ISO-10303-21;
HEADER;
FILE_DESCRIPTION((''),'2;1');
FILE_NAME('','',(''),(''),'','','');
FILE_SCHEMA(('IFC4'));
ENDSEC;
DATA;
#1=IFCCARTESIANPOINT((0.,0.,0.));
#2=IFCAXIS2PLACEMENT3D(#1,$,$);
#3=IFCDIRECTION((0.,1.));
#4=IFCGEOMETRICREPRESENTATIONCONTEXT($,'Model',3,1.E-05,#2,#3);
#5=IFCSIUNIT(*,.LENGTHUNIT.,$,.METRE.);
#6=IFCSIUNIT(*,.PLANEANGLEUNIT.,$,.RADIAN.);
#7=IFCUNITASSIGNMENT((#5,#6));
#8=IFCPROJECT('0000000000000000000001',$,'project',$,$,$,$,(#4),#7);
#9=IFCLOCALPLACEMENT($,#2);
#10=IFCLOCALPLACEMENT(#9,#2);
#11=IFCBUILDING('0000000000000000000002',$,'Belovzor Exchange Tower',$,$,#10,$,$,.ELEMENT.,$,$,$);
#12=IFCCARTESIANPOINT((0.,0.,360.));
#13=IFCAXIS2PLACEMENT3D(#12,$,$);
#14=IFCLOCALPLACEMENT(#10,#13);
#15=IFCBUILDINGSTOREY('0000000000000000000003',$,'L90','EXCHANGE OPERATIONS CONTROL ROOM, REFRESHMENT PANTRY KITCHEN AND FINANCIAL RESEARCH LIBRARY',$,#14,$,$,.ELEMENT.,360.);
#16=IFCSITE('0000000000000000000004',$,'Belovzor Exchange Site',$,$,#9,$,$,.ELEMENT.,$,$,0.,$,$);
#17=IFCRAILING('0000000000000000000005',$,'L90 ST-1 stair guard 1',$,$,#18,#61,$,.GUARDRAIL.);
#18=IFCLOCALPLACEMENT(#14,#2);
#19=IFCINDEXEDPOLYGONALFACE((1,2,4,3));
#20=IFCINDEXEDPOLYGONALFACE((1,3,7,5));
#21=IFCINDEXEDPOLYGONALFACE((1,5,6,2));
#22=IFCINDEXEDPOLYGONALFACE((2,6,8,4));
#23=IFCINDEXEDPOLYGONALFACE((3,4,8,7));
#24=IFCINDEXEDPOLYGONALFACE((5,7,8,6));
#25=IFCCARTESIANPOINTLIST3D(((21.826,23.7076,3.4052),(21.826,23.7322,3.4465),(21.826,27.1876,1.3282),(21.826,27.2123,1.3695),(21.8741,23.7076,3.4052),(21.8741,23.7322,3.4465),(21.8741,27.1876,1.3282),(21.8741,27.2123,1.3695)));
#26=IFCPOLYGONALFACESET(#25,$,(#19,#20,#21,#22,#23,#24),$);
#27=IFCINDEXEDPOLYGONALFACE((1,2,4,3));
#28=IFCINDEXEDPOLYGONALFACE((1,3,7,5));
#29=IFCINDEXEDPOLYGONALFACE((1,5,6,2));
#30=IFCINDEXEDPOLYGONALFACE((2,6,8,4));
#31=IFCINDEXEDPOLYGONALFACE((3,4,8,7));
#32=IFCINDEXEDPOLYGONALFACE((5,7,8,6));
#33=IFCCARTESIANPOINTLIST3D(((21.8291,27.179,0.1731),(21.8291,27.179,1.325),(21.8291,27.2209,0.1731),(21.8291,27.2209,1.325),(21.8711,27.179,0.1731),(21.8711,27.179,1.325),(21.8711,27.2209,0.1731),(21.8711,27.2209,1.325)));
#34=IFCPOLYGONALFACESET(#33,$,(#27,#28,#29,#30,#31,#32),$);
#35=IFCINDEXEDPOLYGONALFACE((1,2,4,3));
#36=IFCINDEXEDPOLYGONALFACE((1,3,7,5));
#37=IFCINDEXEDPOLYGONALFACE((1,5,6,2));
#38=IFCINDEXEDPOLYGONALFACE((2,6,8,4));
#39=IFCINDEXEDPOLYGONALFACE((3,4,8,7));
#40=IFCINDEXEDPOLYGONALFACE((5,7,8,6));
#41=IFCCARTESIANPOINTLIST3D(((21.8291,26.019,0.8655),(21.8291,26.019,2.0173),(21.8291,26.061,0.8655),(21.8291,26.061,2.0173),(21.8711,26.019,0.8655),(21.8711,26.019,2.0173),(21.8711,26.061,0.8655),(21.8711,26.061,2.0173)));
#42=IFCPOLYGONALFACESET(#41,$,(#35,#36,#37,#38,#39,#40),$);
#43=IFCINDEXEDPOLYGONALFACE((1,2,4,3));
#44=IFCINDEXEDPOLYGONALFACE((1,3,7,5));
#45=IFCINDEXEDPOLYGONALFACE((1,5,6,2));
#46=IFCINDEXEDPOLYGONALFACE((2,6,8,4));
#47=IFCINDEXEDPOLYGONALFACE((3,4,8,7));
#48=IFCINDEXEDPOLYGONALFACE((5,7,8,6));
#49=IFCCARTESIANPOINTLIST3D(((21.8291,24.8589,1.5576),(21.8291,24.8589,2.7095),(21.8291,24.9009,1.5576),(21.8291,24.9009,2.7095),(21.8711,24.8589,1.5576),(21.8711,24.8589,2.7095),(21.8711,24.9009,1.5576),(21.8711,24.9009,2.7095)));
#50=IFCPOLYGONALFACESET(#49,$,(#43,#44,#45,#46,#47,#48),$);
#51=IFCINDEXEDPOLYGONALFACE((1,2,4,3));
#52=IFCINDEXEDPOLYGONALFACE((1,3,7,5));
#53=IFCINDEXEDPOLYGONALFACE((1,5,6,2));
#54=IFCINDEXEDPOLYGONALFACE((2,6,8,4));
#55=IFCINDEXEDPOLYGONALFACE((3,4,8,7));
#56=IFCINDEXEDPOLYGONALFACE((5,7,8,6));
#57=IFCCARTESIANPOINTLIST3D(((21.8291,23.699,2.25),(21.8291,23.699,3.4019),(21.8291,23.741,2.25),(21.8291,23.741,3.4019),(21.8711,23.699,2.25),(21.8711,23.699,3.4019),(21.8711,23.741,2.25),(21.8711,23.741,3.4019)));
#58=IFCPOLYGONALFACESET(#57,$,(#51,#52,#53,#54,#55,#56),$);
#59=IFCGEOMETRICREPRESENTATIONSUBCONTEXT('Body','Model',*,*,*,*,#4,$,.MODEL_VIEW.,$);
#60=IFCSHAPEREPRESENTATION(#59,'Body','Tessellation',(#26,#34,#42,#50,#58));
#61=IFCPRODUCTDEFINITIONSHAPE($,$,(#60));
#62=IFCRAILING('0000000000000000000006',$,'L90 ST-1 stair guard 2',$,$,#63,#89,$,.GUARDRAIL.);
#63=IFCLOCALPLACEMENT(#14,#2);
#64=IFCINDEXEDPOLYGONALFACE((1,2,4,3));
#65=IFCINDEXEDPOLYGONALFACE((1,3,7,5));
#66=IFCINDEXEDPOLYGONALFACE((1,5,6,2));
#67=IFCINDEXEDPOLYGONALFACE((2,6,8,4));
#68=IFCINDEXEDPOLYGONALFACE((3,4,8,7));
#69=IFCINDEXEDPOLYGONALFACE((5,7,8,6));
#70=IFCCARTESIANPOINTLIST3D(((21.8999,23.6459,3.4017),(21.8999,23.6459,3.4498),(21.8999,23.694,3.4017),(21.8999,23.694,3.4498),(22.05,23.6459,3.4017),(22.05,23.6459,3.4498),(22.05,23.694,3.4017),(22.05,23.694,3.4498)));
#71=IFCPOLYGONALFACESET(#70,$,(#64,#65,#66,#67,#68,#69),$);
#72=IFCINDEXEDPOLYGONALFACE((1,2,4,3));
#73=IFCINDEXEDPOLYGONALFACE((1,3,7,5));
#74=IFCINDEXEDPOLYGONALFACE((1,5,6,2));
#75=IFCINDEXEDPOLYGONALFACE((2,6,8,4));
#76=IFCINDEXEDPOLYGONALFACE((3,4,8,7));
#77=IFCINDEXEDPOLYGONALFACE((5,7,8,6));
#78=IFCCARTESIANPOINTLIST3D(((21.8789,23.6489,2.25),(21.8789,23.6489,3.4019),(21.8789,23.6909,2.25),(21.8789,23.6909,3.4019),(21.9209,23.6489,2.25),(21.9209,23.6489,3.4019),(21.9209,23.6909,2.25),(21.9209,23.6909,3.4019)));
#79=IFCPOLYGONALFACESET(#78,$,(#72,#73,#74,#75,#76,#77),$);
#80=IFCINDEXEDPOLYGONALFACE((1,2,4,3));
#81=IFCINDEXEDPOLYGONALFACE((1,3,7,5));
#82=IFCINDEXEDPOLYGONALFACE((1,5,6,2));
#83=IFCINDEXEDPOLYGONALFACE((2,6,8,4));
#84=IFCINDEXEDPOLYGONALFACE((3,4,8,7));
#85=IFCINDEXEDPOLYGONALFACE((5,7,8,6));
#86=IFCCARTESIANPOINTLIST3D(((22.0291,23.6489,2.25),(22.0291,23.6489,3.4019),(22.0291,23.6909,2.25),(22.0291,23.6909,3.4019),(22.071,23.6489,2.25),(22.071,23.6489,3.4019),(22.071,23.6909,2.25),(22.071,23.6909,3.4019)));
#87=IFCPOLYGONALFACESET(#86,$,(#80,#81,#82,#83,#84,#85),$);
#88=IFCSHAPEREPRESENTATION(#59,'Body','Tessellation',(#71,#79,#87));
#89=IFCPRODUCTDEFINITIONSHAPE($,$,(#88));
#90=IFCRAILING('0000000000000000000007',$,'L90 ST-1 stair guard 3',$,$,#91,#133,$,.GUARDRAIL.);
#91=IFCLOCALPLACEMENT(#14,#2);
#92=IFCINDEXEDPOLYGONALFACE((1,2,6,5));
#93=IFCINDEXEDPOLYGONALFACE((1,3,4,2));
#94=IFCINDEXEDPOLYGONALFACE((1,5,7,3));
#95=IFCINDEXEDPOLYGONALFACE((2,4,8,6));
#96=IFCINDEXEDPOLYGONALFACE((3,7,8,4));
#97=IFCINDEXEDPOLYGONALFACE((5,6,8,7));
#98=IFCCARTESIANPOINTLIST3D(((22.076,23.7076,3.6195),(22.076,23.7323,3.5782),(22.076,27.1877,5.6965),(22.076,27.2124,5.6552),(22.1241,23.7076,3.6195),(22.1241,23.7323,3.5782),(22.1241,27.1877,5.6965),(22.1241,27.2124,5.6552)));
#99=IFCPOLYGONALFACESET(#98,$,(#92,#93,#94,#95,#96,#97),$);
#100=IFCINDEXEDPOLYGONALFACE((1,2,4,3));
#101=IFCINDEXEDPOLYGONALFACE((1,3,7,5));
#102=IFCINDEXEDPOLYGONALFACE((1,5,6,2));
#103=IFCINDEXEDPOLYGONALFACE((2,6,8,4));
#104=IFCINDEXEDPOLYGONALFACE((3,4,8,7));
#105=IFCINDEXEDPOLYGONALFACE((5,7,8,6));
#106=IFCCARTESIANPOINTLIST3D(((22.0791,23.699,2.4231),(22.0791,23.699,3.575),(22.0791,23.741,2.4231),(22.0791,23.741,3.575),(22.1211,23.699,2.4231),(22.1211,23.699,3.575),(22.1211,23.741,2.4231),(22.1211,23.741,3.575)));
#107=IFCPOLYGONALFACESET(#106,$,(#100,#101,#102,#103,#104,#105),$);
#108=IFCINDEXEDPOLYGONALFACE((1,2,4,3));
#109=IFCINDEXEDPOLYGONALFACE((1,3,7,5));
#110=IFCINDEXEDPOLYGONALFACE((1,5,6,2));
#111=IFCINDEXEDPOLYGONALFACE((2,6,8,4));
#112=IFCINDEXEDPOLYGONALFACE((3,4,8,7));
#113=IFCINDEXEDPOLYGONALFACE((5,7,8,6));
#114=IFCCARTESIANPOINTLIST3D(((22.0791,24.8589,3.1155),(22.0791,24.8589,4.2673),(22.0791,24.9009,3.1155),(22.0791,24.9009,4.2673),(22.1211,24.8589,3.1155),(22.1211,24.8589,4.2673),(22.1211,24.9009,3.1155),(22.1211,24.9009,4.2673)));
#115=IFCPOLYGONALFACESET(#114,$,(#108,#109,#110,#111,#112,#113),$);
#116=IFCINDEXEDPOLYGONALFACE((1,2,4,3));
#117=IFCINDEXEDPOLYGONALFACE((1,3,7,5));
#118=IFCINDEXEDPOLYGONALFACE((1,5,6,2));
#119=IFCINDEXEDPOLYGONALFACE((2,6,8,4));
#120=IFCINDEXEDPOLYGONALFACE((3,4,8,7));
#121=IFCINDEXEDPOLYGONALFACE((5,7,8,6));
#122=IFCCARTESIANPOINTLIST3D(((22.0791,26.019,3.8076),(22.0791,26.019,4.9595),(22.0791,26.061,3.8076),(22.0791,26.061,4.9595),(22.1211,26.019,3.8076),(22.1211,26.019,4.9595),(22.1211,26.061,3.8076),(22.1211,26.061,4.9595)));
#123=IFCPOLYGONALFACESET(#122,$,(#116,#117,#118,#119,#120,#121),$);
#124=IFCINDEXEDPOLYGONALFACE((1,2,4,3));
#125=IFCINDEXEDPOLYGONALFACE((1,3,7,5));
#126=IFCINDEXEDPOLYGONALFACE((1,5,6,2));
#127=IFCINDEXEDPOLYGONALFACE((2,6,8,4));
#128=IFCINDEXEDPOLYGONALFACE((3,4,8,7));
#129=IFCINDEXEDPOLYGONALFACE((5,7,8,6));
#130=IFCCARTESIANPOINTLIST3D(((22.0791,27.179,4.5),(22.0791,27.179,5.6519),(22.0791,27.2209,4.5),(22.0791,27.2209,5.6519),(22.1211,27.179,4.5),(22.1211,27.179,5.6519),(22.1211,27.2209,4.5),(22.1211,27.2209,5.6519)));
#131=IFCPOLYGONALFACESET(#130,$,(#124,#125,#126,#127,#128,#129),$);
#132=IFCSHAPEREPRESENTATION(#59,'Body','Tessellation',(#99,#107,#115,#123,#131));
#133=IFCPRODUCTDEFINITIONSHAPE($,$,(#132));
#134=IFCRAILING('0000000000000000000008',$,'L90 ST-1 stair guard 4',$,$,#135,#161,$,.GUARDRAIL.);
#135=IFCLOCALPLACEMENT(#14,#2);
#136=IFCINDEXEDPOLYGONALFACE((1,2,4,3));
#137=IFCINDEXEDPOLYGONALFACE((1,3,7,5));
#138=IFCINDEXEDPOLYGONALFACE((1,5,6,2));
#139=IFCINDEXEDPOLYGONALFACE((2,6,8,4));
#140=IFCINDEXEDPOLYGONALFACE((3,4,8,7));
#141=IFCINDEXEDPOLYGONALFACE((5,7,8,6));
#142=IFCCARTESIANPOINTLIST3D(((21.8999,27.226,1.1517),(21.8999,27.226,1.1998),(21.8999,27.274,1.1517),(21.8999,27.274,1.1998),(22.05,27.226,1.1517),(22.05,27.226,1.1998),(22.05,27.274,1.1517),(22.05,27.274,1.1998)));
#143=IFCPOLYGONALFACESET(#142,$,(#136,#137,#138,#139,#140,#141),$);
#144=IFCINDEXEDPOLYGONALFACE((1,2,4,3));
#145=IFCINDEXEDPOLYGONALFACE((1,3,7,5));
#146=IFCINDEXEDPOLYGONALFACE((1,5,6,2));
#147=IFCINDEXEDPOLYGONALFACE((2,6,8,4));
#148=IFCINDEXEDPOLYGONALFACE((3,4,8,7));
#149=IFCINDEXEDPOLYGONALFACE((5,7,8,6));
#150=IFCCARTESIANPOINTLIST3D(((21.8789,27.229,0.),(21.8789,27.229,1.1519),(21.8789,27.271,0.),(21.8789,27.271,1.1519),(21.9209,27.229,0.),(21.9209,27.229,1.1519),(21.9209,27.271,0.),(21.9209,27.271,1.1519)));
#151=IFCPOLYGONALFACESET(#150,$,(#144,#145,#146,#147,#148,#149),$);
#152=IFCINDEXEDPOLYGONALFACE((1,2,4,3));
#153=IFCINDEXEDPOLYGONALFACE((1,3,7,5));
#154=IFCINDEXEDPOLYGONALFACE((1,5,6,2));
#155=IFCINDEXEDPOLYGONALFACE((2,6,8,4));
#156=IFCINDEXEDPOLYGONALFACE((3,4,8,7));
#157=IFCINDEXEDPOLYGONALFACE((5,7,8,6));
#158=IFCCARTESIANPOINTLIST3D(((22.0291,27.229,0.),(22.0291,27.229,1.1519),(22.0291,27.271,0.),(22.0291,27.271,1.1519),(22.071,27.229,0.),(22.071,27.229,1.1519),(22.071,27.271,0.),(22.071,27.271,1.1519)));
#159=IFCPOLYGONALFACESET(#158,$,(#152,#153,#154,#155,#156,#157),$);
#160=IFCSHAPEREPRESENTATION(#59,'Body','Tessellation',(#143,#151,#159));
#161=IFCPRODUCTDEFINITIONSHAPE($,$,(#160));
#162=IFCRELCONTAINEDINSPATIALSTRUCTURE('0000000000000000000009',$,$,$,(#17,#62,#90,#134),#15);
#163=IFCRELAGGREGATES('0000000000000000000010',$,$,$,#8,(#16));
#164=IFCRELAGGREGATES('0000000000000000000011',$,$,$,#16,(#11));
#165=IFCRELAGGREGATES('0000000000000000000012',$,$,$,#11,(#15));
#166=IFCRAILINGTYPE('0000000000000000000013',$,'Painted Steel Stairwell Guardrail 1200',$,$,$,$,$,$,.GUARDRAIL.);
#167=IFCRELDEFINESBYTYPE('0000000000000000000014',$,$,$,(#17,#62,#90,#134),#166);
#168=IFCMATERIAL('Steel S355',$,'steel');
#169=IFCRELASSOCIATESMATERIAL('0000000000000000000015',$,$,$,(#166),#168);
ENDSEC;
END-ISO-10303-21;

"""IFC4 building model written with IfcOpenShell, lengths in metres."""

from ifc_helpers import new_model, si_unit, direction, frame, origin, origin_2d, place, context, subcontext, project, spatial, rectangle, extrude, material, type_object, element, save


model = new_model("IFC4")

# Units and contexts
model_context = context("Model", 3, precision=1e-05, world=origin(), true_north=direction((0.0, 1.0)))
body_context = subcontext(model_context, "Body", "Model", "MODEL_VIEW")
ifc_project = project(units=[si_unit("LENGTHUNIT", "METRE"), si_unit("PLANEANGLEUNIT", "RADIAN")], contexts=[model_context])

# Site, building, storey
site_placement = place(None, origin())
site = spatial("IfcSite", under=ifc_project, at=site_placement, Name="Belovzor Exchange Site", CompositionType="ELEMENT", RefElevation=0.0)
building_placement = place(site_placement, origin())
building = spatial("IfcBuilding", under=site, at=building_placement, Name="Belovzor Exchange Tower", CompositionType="ELEMENT")
storey_placement = place(building_placement, frame((0.0, 0.0, 360.0)))
storey = spatial("IfcBuildingStorey", under=building, at=storey_placement, Name="L90", Description="EXCHANGE OPERATIONS CONTROL ROOM, REFRESHMENT PANTRY KITCHEN AND FINANCIAL RESEARCH LIBRARY", CompositionType="ELEMENT", Elevation=360.0)

# Railings
ifc_material_1 = material(Name="Steel S355", Category="steel")
railing_type_1 = type_object("IfcRailingType", Name="Painted Steel Stairwell Guardrail 1200", PredefinedType="GUARDRAIL", material=ifc_material_1)
railing_1_placement = place(storey_placement, frame((21.8501, 27.2, 0.1731)))
element("IfcRailing", 1, at=railing_1_placement, inside=storey, type_object=railing_type_1, Name="L90 ST-1 stair guard 1", PredefinedType="GUARDRAIL", context=body_context, shape_type="SweptSolid", body=[
    extrude(rectangle(XDim=0.0481, YDim=0.0481, at=origin_2d()), frame((0.0, 0.0, 1.1758), z_axis=(0.0, -0.858697, 0.512483), x_axis=(1.0, 0.0, 0.0)), (0.0, 0.0, 1.0), 4.0527),
    extrude(rectangle(XDim=0.042, YDim=0.042, at=origin_2d()), origin(), (0.0, 0.0, 1.0), 1.1519),
    extrude(rectangle(XDim=0.042, YDim=0.042, at=origin_2d()), frame((0.0, -1.1599, 0.6924)), (0.0, 0.0, 1.0), 1.1519),
    extrude(rectangle(XDim=0.042, YDim=0.042, at=origin_2d()), frame((0.0, -2.3201, 1.3845)), (0.0, 0.0, 1.0), 1.1519),
    extrude(rectangle(XDim=0.042, YDim=0.042, at=origin_2d()), frame((0.0, -3.48, 2.0769)), (0.0, 0.0, 1.0), 1.1519),
])
railing_2_placement = place(storey_placement, frame((21.8999, 23.6699, 2.25)))
element("IfcRailing", 2, at=railing_2_placement, inside=storey, type_object=railing_type_1, Name="L90 ST-1 stair guard 2", PredefinedType="GUARDRAIL", context=body_context, shape_type="SweptSolid", body=[
    extrude(rectangle(XDim=0.0481, YDim=0.0481, at=origin_2d()), frame((0.0, 0.0, 1.1758), z_axis=(1.0, 0.0, 0.0), x_axis=(0.0, 1.0, 0.0)), (0.0, 0.0, 1.0), 0.1501),
    extrude(rectangle(XDim=0.042, YDim=0.042, at=origin_2d()), origin(), (0.0, 0.0, 1.0), 1.1519),
    extrude(rectangle(XDim=0.042, YDim=0.042, at=origin_2d()), frame((0.1501, 0.0, 0.0)), (0.0, 0.0, 1.0), 1.1519),
])
railing_3_placement = place(storey_placement, frame((22.1001, 23.72, 2.4231)))
element("IfcRailing", 3, at=railing_3_placement, inside=storey, type_object=railing_type_1, Name="L90 ST-1 stair guard 3", PredefinedType="GUARDRAIL", context=body_context, shape_type="SweptSolid", body=[
    extrude(rectangle(XDim=0.0481, YDim=0.0481, at=origin_2d()), frame((0.0, 0.0, 1.1758), z_axis=(0.0, 0.858697, 0.512483), x_axis=(-1.0, 0.0, 0.0)), (0.0, 0.0, 1.0), 4.0527),
    extrude(rectangle(XDim=0.042, YDim=0.042, at=origin_2d()), origin(), (0.0, 0.0, 1.0), 1.1519),
    extrude(rectangle(XDim=0.042, YDim=0.042, at=origin_2d()), frame((0.0, 1.1599, 0.6924)), (0.0, 0.0, 1.0), 1.1519),
    extrude(rectangle(XDim=0.042, YDim=0.042, at=origin_2d()), frame((0.0, 2.3201, 1.3845)), (0.0, 0.0, 1.0), 1.1519),
    extrude(rectangle(XDim=0.042, YDim=0.042, at=origin_2d()), frame((0.0, 3.48, 2.0769)), (0.0, 0.0, 1.0), 1.1519),
])
railing_4_placement = place(storey_placement, frame((21.8999, 27.25, 0.0)))
element("IfcRailing", 4, at=railing_4_placement, inside=storey, type_object=railing_type_1, Name="L90 ST-1 stair guard 4", PredefinedType="GUARDRAIL", context=body_context, shape_type="SweptSolid", body=[
    extrude(rectangle(XDim=0.0481, YDim=0.0481, at=origin_2d()), frame((0.0, 0.0, 1.1758), z_axis=(1.0, 0.0, 0.0), x_axis=(0.0, 1.0, 0.0)), (0.0, 0.0, 1.0), 0.1501),
    extrude(rectangle(XDim=0.042, YDim=0.042, at=origin_2d()), origin(), (0.0, 0.0, 1.0), 1.1519),
    extrude(rectangle(XDim=0.042, YDim=0.042, at=origin_2d()), frame((0.1501, 0.0, 0.0)), (0.0, 0.0, 1.0), 1.1519),
])

save(model, "model.ifc")
